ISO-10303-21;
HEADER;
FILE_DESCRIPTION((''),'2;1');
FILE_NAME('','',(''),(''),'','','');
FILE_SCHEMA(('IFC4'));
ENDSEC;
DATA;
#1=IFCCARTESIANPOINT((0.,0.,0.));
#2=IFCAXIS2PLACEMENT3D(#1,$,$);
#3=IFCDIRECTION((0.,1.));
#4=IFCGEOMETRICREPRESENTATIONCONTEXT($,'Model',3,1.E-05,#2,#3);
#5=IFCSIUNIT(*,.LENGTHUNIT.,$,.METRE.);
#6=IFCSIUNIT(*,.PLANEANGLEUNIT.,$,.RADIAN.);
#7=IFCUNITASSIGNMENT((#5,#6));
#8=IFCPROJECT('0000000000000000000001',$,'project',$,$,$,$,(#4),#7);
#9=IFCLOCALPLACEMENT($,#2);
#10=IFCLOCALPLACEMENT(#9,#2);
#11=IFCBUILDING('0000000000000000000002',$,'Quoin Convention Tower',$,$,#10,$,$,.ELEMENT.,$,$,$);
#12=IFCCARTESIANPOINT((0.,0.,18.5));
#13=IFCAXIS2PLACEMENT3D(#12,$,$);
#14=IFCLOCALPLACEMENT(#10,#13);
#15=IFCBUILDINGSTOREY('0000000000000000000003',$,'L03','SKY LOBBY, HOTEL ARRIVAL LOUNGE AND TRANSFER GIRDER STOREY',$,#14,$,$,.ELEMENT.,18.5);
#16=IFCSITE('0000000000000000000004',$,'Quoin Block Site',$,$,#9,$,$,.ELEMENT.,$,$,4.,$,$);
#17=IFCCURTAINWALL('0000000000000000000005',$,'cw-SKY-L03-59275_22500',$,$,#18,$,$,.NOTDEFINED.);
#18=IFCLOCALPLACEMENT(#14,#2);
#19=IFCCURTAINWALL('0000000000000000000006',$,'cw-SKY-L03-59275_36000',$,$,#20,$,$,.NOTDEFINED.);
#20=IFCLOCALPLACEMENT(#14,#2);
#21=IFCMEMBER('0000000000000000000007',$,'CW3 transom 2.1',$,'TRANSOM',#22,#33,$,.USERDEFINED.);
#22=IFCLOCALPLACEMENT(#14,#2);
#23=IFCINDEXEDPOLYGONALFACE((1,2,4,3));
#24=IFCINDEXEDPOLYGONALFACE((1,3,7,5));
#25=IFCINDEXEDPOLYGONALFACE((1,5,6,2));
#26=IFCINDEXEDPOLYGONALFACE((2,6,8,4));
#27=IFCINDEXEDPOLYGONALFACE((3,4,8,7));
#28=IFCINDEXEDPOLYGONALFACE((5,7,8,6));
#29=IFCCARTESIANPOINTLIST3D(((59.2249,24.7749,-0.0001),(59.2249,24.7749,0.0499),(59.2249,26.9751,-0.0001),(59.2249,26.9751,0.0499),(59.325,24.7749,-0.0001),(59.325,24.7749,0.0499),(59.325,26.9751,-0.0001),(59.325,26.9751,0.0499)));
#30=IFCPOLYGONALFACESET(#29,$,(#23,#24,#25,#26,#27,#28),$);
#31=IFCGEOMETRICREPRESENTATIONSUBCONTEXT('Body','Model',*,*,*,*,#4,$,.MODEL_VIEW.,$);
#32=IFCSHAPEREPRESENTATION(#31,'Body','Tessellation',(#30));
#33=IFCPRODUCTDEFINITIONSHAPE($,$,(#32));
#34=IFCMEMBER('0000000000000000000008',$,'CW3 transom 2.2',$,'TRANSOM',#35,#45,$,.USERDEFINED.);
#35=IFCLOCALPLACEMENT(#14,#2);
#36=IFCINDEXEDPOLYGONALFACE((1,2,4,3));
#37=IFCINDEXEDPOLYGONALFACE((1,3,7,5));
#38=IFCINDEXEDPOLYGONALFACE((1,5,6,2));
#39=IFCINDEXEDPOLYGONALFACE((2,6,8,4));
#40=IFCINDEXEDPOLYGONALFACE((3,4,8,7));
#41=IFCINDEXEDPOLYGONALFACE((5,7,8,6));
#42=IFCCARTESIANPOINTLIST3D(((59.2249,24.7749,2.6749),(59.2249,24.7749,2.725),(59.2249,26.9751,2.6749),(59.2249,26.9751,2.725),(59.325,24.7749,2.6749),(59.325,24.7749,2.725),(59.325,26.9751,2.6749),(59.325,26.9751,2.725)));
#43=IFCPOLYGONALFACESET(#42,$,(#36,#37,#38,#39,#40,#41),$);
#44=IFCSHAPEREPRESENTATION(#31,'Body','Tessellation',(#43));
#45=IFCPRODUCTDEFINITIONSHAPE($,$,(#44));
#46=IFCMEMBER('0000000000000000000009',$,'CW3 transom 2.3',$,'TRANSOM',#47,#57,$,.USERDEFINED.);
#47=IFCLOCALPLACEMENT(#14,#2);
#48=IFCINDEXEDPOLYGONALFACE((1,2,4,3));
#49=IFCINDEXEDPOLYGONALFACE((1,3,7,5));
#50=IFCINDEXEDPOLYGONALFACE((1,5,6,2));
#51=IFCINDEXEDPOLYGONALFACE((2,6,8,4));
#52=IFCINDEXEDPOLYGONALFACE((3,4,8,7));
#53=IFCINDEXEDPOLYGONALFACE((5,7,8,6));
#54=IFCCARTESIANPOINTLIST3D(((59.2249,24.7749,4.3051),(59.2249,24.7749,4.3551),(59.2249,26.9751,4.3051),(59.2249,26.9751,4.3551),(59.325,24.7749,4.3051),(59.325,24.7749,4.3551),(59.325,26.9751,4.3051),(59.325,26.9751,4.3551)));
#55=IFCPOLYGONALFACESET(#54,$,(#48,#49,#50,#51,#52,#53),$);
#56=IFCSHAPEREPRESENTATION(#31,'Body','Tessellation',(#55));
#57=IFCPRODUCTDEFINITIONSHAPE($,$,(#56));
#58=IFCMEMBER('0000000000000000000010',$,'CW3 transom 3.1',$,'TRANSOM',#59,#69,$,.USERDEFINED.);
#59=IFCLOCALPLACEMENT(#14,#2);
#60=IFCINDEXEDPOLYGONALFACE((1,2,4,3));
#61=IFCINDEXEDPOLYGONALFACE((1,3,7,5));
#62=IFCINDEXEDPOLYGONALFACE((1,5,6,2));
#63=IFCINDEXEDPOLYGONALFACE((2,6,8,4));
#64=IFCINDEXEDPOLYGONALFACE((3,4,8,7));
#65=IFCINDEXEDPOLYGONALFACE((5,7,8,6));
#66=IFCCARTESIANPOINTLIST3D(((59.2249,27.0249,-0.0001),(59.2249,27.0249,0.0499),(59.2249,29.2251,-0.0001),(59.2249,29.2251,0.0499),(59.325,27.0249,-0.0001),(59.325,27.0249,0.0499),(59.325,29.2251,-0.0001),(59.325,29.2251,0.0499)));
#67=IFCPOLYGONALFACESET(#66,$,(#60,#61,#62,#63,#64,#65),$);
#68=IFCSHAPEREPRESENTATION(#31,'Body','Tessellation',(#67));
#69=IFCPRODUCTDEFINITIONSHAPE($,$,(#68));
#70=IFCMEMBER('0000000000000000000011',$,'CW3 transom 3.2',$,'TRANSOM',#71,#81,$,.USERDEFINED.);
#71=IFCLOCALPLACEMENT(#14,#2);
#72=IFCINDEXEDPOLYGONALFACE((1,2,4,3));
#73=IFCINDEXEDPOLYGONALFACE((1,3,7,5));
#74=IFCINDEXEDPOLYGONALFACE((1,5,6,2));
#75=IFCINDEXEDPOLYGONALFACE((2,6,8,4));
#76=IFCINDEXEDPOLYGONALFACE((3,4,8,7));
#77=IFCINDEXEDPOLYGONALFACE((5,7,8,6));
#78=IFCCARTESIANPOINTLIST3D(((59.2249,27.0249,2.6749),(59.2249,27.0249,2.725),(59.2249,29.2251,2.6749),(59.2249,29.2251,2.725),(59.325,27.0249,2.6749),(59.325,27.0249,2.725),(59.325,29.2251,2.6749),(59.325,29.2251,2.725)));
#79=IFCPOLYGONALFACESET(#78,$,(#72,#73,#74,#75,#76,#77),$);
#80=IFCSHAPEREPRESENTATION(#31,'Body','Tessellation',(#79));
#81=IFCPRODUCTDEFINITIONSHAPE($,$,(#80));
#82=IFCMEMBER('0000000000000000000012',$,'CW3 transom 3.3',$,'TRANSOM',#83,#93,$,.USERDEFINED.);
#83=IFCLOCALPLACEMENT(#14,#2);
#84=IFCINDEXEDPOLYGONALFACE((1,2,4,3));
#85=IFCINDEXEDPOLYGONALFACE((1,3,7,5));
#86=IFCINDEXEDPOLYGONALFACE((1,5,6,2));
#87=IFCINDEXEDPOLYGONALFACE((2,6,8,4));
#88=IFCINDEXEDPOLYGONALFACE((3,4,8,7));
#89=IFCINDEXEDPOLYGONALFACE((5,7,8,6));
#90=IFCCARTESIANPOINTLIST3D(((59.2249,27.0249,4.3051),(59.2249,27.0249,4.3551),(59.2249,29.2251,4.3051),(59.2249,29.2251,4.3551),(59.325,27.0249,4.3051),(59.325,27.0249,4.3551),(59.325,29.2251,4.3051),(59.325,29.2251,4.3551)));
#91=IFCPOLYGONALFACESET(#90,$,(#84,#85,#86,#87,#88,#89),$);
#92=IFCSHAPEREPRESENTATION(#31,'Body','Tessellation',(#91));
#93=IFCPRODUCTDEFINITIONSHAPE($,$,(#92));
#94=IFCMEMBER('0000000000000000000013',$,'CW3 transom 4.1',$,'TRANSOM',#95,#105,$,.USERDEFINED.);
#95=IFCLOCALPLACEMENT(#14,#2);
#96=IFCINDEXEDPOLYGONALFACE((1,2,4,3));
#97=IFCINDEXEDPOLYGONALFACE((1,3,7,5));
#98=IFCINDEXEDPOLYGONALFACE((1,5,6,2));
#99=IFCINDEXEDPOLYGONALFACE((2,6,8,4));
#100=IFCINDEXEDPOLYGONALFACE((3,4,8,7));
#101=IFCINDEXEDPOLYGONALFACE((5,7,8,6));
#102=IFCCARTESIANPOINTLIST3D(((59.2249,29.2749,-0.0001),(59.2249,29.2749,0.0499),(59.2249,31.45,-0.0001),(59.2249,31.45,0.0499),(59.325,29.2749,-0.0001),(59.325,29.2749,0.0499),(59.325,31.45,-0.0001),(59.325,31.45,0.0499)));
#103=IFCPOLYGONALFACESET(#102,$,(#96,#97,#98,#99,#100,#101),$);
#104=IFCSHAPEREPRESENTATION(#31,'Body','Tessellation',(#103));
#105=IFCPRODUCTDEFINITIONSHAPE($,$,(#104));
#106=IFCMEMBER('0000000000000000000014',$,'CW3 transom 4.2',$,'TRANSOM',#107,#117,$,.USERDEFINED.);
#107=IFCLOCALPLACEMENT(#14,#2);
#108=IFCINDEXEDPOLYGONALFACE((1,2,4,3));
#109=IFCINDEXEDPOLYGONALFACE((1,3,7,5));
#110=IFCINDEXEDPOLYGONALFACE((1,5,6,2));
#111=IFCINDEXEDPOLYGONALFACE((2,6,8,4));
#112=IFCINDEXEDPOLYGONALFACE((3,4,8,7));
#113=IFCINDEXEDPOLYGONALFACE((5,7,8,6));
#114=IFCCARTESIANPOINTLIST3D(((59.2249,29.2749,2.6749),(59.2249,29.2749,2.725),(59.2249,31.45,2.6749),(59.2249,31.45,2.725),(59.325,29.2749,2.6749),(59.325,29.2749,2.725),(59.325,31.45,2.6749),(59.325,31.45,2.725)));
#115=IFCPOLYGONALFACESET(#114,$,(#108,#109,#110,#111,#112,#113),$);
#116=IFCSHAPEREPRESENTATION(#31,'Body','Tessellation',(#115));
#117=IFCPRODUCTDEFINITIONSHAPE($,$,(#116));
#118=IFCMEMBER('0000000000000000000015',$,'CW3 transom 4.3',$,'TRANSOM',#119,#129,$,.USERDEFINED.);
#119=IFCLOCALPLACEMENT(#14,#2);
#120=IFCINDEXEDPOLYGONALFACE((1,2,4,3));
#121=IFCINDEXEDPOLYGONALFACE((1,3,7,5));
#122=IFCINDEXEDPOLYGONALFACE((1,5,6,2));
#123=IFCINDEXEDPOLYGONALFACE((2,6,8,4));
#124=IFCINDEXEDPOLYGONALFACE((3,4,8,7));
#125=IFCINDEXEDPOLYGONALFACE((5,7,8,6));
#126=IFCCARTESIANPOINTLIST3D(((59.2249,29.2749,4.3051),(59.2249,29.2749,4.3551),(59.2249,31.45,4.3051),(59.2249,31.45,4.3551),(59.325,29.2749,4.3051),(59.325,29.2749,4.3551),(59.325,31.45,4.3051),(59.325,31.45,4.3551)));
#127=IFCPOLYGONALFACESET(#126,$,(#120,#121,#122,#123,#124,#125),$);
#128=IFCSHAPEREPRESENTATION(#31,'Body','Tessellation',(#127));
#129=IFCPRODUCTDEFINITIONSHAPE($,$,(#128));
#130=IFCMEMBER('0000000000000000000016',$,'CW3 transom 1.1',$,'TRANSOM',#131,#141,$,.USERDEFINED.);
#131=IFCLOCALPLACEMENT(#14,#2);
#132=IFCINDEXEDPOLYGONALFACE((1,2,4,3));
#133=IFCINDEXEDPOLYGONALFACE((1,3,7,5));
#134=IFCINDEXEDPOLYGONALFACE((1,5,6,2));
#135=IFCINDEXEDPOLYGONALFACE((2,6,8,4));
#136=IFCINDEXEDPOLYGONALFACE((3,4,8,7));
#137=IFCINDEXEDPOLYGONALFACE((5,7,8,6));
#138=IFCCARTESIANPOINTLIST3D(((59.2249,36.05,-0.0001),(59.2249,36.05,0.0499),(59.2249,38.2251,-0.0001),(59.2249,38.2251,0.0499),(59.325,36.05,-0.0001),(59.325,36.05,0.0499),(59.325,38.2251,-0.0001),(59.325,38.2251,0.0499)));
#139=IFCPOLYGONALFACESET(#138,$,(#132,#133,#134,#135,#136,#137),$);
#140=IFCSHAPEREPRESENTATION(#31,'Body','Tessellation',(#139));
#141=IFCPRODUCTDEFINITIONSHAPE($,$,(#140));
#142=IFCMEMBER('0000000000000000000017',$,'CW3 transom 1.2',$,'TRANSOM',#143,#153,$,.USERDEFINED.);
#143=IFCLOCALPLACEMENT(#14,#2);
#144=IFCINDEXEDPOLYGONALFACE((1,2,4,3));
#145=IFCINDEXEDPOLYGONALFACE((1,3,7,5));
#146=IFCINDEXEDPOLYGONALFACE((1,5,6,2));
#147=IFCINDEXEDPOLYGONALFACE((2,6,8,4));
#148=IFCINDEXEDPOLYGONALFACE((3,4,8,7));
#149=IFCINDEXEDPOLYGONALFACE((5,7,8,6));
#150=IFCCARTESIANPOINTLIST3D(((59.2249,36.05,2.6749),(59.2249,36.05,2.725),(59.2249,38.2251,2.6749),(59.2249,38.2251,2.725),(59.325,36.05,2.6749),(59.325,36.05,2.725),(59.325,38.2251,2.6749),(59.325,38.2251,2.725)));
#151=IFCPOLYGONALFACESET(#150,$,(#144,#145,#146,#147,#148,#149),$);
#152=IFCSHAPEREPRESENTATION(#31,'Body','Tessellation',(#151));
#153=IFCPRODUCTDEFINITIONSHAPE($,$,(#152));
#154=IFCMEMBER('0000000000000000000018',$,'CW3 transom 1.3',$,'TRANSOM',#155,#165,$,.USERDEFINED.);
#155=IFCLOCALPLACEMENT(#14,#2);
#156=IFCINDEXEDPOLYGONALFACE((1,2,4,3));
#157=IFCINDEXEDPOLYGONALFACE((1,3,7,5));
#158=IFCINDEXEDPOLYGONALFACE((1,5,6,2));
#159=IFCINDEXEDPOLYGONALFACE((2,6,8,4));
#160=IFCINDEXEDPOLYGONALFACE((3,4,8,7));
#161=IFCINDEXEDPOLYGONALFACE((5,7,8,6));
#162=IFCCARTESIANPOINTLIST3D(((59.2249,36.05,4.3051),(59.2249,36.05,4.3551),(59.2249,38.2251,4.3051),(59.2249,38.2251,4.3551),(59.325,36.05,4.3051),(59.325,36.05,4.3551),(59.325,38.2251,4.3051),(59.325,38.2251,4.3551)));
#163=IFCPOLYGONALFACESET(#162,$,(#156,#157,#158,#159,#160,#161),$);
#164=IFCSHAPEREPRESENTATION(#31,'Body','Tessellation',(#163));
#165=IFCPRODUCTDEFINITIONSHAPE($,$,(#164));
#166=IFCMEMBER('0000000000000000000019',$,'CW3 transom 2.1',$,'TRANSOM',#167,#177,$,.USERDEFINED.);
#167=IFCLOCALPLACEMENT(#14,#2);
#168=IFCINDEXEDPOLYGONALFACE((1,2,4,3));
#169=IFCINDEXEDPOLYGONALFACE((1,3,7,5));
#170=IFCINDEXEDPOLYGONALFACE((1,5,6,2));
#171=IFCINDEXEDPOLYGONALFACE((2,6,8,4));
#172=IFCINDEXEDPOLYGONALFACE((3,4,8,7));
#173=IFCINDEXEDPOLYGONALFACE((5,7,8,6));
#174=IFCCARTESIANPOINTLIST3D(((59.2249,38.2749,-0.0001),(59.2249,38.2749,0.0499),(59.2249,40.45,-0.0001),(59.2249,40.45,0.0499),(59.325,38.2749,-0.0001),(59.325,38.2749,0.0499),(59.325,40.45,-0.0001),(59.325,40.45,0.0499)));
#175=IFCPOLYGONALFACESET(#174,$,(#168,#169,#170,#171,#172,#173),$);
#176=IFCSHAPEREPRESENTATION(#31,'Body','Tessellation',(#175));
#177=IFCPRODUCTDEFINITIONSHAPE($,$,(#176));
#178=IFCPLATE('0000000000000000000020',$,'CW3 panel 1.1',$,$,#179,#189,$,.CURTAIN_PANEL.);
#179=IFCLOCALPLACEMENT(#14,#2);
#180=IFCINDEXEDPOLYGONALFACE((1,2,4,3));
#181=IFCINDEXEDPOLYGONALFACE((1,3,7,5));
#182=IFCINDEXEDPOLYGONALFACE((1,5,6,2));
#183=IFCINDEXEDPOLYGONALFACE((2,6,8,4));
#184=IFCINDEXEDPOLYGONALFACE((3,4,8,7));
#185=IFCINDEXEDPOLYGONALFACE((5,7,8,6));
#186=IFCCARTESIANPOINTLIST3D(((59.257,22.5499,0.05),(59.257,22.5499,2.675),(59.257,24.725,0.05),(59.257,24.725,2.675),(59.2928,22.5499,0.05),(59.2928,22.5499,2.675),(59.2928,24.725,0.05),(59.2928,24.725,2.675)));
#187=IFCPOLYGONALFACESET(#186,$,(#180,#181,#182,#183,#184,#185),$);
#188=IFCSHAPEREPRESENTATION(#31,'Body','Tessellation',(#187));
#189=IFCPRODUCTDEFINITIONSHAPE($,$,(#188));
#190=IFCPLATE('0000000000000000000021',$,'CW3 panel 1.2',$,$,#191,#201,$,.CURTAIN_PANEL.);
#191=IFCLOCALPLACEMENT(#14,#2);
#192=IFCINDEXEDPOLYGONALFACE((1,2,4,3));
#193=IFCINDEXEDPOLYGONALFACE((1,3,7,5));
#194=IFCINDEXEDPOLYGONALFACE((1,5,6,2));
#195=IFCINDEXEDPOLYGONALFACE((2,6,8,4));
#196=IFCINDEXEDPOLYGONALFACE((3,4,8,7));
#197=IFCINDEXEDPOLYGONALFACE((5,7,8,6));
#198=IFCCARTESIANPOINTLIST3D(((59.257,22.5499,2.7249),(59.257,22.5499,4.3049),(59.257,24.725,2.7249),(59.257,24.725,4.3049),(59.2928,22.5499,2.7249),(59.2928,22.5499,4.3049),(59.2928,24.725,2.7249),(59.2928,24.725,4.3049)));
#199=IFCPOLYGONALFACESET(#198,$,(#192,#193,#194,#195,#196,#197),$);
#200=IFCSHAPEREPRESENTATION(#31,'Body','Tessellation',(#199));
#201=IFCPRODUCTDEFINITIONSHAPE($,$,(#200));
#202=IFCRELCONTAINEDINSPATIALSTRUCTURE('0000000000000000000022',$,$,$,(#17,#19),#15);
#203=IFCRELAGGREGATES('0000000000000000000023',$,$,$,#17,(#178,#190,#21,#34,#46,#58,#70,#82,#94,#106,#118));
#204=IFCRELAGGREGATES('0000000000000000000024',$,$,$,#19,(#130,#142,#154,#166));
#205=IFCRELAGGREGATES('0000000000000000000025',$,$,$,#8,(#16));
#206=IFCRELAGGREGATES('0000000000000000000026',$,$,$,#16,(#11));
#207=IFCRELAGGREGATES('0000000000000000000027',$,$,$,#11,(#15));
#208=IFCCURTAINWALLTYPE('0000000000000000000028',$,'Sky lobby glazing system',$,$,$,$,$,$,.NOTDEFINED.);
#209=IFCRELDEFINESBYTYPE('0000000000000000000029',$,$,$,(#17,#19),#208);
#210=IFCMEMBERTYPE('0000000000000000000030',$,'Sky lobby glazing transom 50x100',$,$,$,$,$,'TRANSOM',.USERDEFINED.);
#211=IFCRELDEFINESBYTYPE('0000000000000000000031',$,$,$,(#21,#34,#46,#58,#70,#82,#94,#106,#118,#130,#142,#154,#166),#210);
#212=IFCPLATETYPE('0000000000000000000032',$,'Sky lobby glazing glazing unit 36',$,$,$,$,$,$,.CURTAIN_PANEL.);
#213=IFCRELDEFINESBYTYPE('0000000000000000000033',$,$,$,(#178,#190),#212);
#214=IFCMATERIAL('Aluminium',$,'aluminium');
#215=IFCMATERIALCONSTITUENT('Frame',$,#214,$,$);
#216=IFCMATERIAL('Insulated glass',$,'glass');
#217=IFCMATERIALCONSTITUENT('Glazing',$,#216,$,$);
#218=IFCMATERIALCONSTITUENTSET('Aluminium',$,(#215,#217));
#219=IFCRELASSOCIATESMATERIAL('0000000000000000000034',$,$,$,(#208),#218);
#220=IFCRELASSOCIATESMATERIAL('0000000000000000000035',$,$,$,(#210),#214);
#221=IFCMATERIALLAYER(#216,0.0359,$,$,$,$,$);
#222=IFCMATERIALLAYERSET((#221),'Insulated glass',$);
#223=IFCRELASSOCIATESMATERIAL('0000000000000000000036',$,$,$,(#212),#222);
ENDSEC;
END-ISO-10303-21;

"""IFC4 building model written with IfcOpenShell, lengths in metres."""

from ifc_helpers import new_model, si_unit, direction, frame, origin, origin_2d, place, context, subcontext, project, spatial, rectangle, extrude, material, layer, layer_set, constituent, constituent_set, material_profile, profile_set, type_object, element, aggregate, save


model = new_model("IFC4")

# Units and contexts
model_context = context("Model", 3, precision=1e-05, world=origin(), true_north=direction((0.0, 1.0)))
body_context = subcontext(model_context, "Body", "Model", "MODEL_VIEW")
ifc_project = project(units=[si_unit("LENGTHUNIT", "METRE"), si_unit("PLANEANGLEUNIT", "RADIAN")], contexts=[model_context])

# Site, building, storey
site_placement = place(None, origin())
site = spatial("IfcSite", under=ifc_project, at=site_placement, Name="Quoin Block Site", CompositionType="ELEMENT", RefElevation=4.0)
building_placement = place(site_placement, origin())
building = spatial("IfcBuilding", under=site, at=building_placement, Name="Quoin Convention Tower", CompositionType="ELEMENT")
storey_placement = place(building_placement, frame((0.0, 0.0, 18.5)))
storey = spatial("IfcBuildingStorey", under=building, at=storey_placement, Name="L03", Description="SKY LOBBY, HOTEL ARRIVAL LOUNGE AND TRANSFER GIRDER STOREY", CompositionType="ELEMENT", Elevation=18.5)

# Curtain walls
ifc_material_1 = material(Name="Aluminium", Category="aluminium")
ifc_constituent_1 = constituent(ifc_material_1, Name="Frame")
ifc_material_2 = material(Name="Insulated glass", Category="glass")
ifc_constituent_2 = constituent(ifc_material_2, Name="Glazing")
ifc_constituent_set_1 = constituent_set(constituents=[ifc_constituent_1, ifc_constituent_2], Name="Aluminium")
curtain_wall_type = type_object("IfcCurtainWallType", Name="Sky lobby glazing system", PredefinedType="NOTDEFINED", material=ifc_constituent_set_1)
curtain_wall_1_placement = place(storey_placement, origin())
curtain_wall_1 = element("IfcCurtainWall", 1, at=curtain_wall_1_placement, inside=storey, type_object=curtain_wall_type, Name="cw-SKY-L03-59275_22500", PredefinedType="NOTDEFINED")
curtain_wall_2_placement = place(storey_placement, origin())
curtain_wall_2 = element("IfcCurtainWall", 2, at=curtain_wall_2_placement, inside=storey, type_object=curtain_wall_type, Name="cw-SKY-L03-59275_36000", PredefinedType="NOTDEFINED")

# Members
ifc_material_profile_1 = material_profile(ifc_material_1, rectangle(XDim=0.1001, YDim=0.05, at=origin_2d()), Name="Sky lobby glazing transom 50x100")
ifc_profile_set_1 = profile_set([ifc_material_profile_1], Name="Aluminium")
member_type_1 = type_object("IfcMemberType", Name="Sky lobby glazing transom 50x100", ElementType="TRANSOM", PredefinedType="USERDEFINED", material=ifc_profile_set_1)
member_1_placement = place(storey_placement, frame((59.2749, 24.7749, 0.0249), z_axis=(0.0, 1.0, 0.0), x_axis=(-1.0, 0.0, 0.0)))
member_1 = element("IfcMember", 3, at=member_1_placement, type_object=member_type_1, Name="CW3 transom 2.1", ObjectType="TRANSOM", PredefinedType="USERDEFINED", context=body_context, shape_type="SweptSolid", body=[
    extrude(rectangle(XDim=0.1001, YDim=0.05, at=origin_2d()), origin(), (0.0, 0.0, 1.0), 2.2002),
])
member_2_placement = place(storey_placement, frame((59.2749, 24.7749, 2.7), z_axis=(0.0, 1.0, 0.0), x_axis=(-1.0, 0.0, 0.0)))
member_2 = element("IfcMember", 4, at=member_2_placement, type_object=member_type_1, Name="CW3 transom 2.2", ObjectType="TRANSOM", PredefinedType="USERDEFINED", context=body_context, shape_type="SweptSolid", body=[
    extrude(rectangle(XDim=0.1001, YDim=0.05, at=origin_2d()), origin(), (0.0, 0.0, 1.0), 2.2002),
])
member_3_placement = place(storey_placement, frame((59.2749, 24.7749, 4.3301), z_axis=(0.0, 1.0, 0.0), x_axis=(-1.0, 0.0, 0.0)))
member_3 = element("IfcMember", 5, at=member_3_placement, type_object=member_type_1, Name="CW3 transom 2.3", ObjectType="TRANSOM", PredefinedType="USERDEFINED", context=body_context, shape_type="SweptSolid", body=[
    extrude(rectangle(XDim=0.1001, YDim=0.05, at=origin_2d()), origin(), (0.0, 0.0, 1.0), 2.2002),
])
member_4_placement = place(storey_placement, frame((59.2749, 27.0249, 0.0249), z_axis=(0.0, 1.0, 0.0), x_axis=(-1.0, 0.0, 0.0)))
member_4 = element("IfcMember", 6, at=member_4_placement, type_object=member_type_1, Name="CW3 transom 3.1", ObjectType="TRANSOM", PredefinedType="USERDEFINED", context=body_context, shape_type="SweptSolid", body=[
    extrude(rectangle(XDim=0.1001, YDim=0.05, at=origin_2d()), origin(), (0.0, 0.0, 1.0), 2.2002),
])
member_5_placement = place(storey_placement, frame((59.2749, 27.0249, 2.7), z_axis=(0.0, 1.0, 0.0), x_axis=(-1.0, 0.0, 0.0)))
member_5 = element("IfcMember", 7, at=member_5_placement, type_object=member_type_1, Name="CW3 transom 3.2", ObjectType="TRANSOM", PredefinedType="USERDEFINED", context=body_context, shape_type="SweptSolid", body=[
    extrude(rectangle(XDim=0.1001, YDim=0.05, at=origin_2d()), origin(), (0.0, 0.0, 1.0), 2.2002),
])
member_6_placement = place(storey_placement, frame((59.2749, 27.0249, 4.3301), z_axis=(0.0, 1.0, 0.0), x_axis=(-1.0, 0.0, 0.0)))
member_6 = element("IfcMember", 8, at=member_6_placement, type_object=member_type_1, Name="CW3 transom 3.3", ObjectType="TRANSOM", PredefinedType="USERDEFINED", context=body_context, shape_type="SweptSolid", body=[
    extrude(rectangle(XDim=0.1001, YDim=0.05, at=origin_2d()), origin(), (0.0, 0.0, 1.0), 2.2002),
])
member_7_placement = place(storey_placement, frame((59.2749, 29.2749, 0.0249), z_axis=(0.0, 1.0, 0.0), x_axis=(-1.0, 0.0, 0.0)))
member_7 = element("IfcMember", 9, at=member_7_placement, type_object=member_type_1, Name="CW3 transom 4.1", ObjectType="TRANSOM", PredefinedType="USERDEFINED", context=body_context, shape_type="SweptSolid", body=[
    extrude(rectangle(XDim=0.1001, YDim=0.05, at=origin_2d()), origin(), (0.0, 0.0, 1.0), 2.175),
])
member_8_placement = place(storey_placement, frame((59.2749, 29.2749, 2.7), z_axis=(0.0, 1.0, 0.0), x_axis=(-1.0, 0.0, 0.0)))
member_8 = element("IfcMember", 10, at=member_8_placement, type_object=member_type_1, Name="CW3 transom 4.2", ObjectType="TRANSOM", PredefinedType="USERDEFINED", context=body_context, shape_type="SweptSolid", body=[
    extrude(rectangle(XDim=0.1001, YDim=0.05, at=origin_2d()), origin(), (0.0, 0.0, 1.0), 2.175),
])
member_9_placement = place(storey_placement, frame((59.2749, 29.2749, 4.3301), z_axis=(0.0, 1.0, 0.0), x_axis=(-1.0, 0.0, 0.0)))
member_9 = element("IfcMember", 11, at=member_9_placement, type_object=member_type_1, Name="CW3 transom 4.3", ObjectType="TRANSOM", PredefinedType="USERDEFINED", context=body_context, shape_type="SweptSolid", body=[
    extrude(rectangle(XDim=0.1001, YDim=0.05, at=origin_2d()), origin(), (0.0, 0.0, 1.0), 2.175),
])
member_10_placement = place(storey_placement, frame((59.2749, 36.05, 0.0249), z_axis=(0.0, 1.0, 0.0), x_axis=(-1.0, 0.0, 0.0)))
member_10 = element("IfcMember", 12, at=member_10_placement, type_object=member_type_1, Name="CW3 transom 1.1", ObjectType="TRANSOM", PredefinedType="USERDEFINED", context=body_context, shape_type="SweptSolid", body=[
    extrude(rectangle(XDim=0.1001, YDim=0.05, at=origin_2d()), origin(), (0.0, 0.0, 1.0), 2.175),
])
member_11_placement = place(storey_placement, frame((59.2749, 36.05, 2.7), z_axis=(0.0, 1.0, 0.0), x_axis=(-1.0, 0.0, 0.0)))
member_11 = element("IfcMember", 13, at=member_11_placement, type_object=member_type_1, Name="CW3 transom 1.2", ObjectType="TRANSOM", PredefinedType="USERDEFINED", context=body_context, shape_type="SweptSolid", body=[
    extrude(rectangle(XDim=0.1001, YDim=0.05, at=origin_2d()), origin(), (0.0, 0.0, 1.0), 2.175),
])
member_12_placement = place(storey_placement, frame((59.2749, 36.05, 4.3301), z_axis=(0.0, 1.0, 0.0), x_axis=(-1.0, 0.0, 0.0)))
member_12 = element("IfcMember", 14, at=member_12_placement, type_object=member_type_1, Name="CW3 transom 1.3", ObjectType="TRANSOM", PredefinedType="USERDEFINED", context=body_context, shape_type="SweptSolid", body=[
    extrude(rectangle(XDim=0.1001, YDim=0.05, at=origin_2d()), origin(), (0.0, 0.0, 1.0), 2.175),
])
member_13_placement = place(storey_placement, frame((59.2749, 38.2749, 0.0249), z_axis=(0.0, 1.0, 0.0), x_axis=(-1.0, 0.0, 0.0)))
member_13 = element("IfcMember", 15, at=member_13_placement, type_object=member_type_1, Name="CW3 transom 2.1", ObjectType="TRANSOM", PredefinedType="USERDEFINED", context=body_context, shape_type="SweptSolid", body=[
    extrude(rectangle(XDim=0.1001, YDim=0.05, at=origin_2d()), origin(), (0.0, 0.0, 1.0), 2.175),
])

# Plates
ifc_layer_1 = layer(ifc_material_2, 0.0359)
ifc_layer_set_1 = layer_set([ifc_layer_1], Name="Insulated glass")
plate_type = type_object("IfcPlateType", Name="Sky lobby glazing glazing unit 36", PredefinedType="CURTAIN_PANEL", material=ifc_layer_set_1)
plate_1_placement = place(storey_placement, frame((59.2749, 23.6375, 0.05), z_axis=(0.0, 0.0, 1.0), x_axis=(0.0, 1.0, 0.0)))
plate_1 = element("IfcPlate", 16, at=plate_1_placement, type_object=plate_type, Name="CW3 panel 1.1", PredefinedType="CURTAIN_PANEL", context=body_context, shape_type="SweptSolid", body=[
    extrude(rectangle(XDim=2.175, YDim=0.0359, at=origin_2d()), origin(), (0.0, 0.0, 1.0), 2.625),
])
plate_2_placement = place(storey_placement, frame((59.2749, 23.6375, 2.7249), z_axis=(0.0, 0.0, 1.0), x_axis=(0.0, 1.0, 0.0)))
plate_2 = element("IfcPlate", 17, at=plate_2_placement, type_object=plate_type, Name="CW3 panel 1.2", PredefinedType="CURTAIN_PANEL", context=body_context, shape_type="SweptSolid", body=[
    extrude(rectangle(XDim=2.175, YDim=0.0359, at=origin_2d()), origin(), (0.0, 0.0, 1.0), 1.5801),
])
aggregate(curtain_wall_1, [plate_1, plate_2, member_1, member_2, member_3, member_4, member_5, member_6, member_7, member_8, member_9])
aggregate(curtain_wall_2, [member_10, member_11, member_12, member_13])

save(model, "model.ifc")
